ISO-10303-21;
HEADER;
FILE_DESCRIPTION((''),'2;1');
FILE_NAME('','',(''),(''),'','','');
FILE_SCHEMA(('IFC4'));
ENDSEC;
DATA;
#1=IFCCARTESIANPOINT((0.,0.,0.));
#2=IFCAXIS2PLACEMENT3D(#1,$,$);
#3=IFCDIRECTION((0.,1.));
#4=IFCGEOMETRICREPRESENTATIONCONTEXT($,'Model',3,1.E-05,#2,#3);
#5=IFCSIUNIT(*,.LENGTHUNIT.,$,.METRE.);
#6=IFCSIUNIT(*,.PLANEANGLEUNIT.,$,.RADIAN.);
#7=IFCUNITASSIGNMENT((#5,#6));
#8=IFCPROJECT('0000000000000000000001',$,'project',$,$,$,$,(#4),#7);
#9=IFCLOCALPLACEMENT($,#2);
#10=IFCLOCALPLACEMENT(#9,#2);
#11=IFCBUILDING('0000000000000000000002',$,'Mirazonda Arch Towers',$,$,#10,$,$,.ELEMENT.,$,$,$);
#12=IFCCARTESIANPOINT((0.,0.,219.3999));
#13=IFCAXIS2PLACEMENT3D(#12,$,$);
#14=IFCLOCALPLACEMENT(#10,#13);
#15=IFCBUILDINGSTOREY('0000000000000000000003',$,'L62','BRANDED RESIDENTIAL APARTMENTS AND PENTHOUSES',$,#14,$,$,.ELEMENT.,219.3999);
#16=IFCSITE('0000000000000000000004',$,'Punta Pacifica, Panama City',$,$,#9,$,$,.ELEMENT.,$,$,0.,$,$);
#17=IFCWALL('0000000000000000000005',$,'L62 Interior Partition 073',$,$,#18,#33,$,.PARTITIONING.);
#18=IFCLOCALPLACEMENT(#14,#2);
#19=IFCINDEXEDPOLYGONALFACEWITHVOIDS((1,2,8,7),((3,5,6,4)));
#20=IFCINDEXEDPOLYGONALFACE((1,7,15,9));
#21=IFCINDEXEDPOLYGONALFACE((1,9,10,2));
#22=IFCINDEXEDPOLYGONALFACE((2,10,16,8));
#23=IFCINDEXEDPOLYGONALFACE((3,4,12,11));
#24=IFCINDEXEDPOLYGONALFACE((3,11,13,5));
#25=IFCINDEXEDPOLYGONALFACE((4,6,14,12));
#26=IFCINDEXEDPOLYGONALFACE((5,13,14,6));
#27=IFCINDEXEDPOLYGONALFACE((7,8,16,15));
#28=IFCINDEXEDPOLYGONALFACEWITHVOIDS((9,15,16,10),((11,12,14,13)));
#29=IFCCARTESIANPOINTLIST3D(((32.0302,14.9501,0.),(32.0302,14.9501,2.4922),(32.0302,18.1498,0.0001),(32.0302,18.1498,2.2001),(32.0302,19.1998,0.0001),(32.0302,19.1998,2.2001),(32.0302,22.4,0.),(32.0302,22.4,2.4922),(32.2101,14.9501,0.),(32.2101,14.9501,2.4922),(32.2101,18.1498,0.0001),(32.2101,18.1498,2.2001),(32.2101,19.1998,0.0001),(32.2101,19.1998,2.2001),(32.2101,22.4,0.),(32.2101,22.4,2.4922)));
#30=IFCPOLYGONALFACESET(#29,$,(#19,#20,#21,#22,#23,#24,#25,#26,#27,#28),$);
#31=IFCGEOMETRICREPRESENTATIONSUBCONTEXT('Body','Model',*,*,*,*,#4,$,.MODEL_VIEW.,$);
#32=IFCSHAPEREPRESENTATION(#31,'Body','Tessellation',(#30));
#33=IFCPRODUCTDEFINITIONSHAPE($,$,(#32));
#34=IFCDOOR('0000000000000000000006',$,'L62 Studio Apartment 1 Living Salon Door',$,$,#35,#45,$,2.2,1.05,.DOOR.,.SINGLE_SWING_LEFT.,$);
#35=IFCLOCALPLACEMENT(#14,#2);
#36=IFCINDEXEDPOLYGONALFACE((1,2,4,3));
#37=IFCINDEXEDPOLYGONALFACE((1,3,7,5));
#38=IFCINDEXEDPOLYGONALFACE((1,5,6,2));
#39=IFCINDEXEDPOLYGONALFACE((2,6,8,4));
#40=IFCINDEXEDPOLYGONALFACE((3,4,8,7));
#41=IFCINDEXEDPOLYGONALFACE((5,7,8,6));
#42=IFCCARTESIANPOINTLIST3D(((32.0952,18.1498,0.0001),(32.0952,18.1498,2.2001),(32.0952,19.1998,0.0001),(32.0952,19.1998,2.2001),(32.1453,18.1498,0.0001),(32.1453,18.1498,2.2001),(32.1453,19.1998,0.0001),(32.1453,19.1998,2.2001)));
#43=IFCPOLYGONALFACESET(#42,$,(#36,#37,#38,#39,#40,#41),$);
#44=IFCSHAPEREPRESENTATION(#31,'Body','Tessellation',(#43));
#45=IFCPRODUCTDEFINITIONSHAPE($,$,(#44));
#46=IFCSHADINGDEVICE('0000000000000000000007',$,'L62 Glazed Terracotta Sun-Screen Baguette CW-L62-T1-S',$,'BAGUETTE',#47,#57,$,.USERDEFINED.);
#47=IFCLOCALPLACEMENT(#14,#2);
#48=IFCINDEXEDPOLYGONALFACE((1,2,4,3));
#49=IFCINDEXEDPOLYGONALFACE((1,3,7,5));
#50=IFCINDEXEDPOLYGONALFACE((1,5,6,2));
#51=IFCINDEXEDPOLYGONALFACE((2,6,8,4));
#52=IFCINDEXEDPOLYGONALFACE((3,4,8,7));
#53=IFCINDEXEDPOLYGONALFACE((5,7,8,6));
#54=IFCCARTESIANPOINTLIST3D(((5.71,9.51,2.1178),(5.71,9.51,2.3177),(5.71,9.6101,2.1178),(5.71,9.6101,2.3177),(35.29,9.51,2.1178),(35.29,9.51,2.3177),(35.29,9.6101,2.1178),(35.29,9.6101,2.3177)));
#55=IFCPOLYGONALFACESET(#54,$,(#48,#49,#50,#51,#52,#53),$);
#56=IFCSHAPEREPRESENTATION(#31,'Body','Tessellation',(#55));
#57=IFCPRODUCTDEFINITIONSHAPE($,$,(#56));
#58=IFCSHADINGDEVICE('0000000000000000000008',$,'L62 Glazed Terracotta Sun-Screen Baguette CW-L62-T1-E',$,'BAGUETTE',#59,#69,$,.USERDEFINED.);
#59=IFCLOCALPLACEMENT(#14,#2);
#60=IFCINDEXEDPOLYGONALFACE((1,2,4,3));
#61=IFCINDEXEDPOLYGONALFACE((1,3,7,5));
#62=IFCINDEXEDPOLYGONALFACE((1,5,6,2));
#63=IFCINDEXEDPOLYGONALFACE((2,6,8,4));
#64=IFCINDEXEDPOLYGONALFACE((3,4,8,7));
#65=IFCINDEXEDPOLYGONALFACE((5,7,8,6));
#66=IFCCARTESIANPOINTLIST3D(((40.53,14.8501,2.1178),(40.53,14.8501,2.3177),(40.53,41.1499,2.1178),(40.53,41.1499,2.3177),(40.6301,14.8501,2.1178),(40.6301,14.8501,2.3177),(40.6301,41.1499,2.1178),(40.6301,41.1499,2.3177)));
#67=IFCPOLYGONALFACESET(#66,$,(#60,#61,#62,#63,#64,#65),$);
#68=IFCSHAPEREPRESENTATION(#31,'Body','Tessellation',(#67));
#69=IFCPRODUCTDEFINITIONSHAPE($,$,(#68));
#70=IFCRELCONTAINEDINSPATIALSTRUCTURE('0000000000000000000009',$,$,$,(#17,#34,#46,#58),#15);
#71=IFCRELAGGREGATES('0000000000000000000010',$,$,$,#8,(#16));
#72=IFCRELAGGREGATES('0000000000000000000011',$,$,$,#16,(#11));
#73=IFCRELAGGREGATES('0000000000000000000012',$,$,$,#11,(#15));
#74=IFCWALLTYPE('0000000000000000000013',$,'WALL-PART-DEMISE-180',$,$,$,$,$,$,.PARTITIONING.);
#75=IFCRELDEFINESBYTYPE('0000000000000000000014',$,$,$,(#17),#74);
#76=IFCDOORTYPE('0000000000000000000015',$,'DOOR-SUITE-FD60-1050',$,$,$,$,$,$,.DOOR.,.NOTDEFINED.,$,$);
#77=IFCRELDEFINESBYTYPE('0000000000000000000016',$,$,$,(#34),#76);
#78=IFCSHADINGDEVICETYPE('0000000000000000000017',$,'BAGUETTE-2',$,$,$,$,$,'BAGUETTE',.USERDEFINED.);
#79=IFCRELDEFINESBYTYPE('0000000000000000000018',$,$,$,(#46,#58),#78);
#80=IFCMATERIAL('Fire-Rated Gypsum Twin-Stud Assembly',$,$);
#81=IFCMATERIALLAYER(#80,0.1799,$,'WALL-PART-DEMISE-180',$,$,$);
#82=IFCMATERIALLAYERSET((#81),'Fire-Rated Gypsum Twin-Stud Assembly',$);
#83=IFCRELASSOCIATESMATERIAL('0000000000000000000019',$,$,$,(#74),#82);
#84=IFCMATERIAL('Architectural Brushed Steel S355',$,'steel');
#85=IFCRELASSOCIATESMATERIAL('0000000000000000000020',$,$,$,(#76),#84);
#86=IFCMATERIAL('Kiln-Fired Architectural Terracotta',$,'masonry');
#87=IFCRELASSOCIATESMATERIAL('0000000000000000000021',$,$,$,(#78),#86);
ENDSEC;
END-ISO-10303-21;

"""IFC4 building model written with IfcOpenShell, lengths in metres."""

from ifc_helpers import new_model, si_unit, direction, frame, frame_2d, origin, origin_2d, place, context, subcontext, project, spatial, rectangle, extrude, material, layer, layer_set, material_profile, profile_set, type_object, element, fill, save


model = new_model("IFC4")

# Units and contexts
model_context = context("Model", 3, precision=1e-05, world=origin(), true_north=direction((0.0, 1.0)))
body_context = subcontext(model_context, "Body", "Model", "MODEL_VIEW")
ifc_project = project(units=[si_unit("LENGTHUNIT", "METRE"), si_unit("PLANEANGLEUNIT", "RADIAN")], contexts=[model_context])

# Site, building, storey
site_placement = place(None, origin())
site = spatial("IfcSite", under=ifc_project, at=site_placement, Name="Punta Pacifica, Panama City", CompositionType="ELEMENT", RefElevation=0.0)
building_placement = place(site_placement, origin())
building = spatial("IfcBuilding", under=site, at=building_placement, Name="Mirazonda Arch Towers", CompositionType="ELEMENT")
storey_placement = place(building_placement, frame((0.0, 0.0, 219.3999)))
storey = spatial("IfcBuildingStorey", under=building, at=storey_placement, Name="L62", Description="BRANDED RESIDENTIAL APARTMENTS AND PENTHOUSES", CompositionType="ELEMENT", Elevation=219.3999)

# Shared definitions
ifc_material_1 = material(Name="Fire-Rated Gypsum Twin-Stud Assembly")
ifc_layer_1 = layer(ifc_material_1, 0.1799, Name="WALL-PART-DEMISE-180")
ifc_layer_set_1 = layer_set([ifc_layer_1], Name="Fire-Rated Gypsum Twin-Stud Assembly")
wall_type_1 = type_object("IfcWallType", Name="WALL-PART-DEMISE-180", PredefinedType="PARTITIONING", material=ifc_layer_set_1)

# Wall, opening, door
ifc_material_2 = material(Name="Architectural Brushed Steel S355", Category="steel")
wall_1_placement = place(storey_placement, frame((32.1201, 14.95, 0.0), z_axis=(0.0, 0.0, 1.0), x_axis=(0.0, 1.0, 0.0)))
wall_1 = element("IfcWall", 1, at=wall_1_placement, inside=storey, type_object=wall_type_1, Name="L62 Interior Partition 073", PredefinedType="PARTITIONING", context=body_context, shape_type="SweptSolid", body=[
    extrude(rectangle(XDim=7.45, YDim=0.1799, at=frame_2d((3.7251, 0.0))), origin(), (0.0, 0.0, 1.0), 2.4922),
])
opening_1_placement = place(wall_1_placement, frame((3.2, 0.0, 0.0)))
opening_1 = element("IfcOpeningElement", 2, at=opening_1_placement, cuts=wall_1, PredefinedType="OPENING", context=body_context, shape_type="SweptSolid", body=[
    extrude(rectangle(XDim=1.05, YDim=2.2, at=frame_2d((0.5249, 1.1001))), frame((0.0, 0.0999, 0.0), z_axis=(0.0, -1.0, 0.0), x_axis=(1.0, 0.0, 0.0)), (0.0, 0.0, 1.0), 0.2),
])
door_type_1 = type_object("IfcDoorType", Name="DOOR-SUITE-FD60-1050", OperationType="NOTDEFINED", PredefinedType="DOOR", material=ifc_material_2)
door_1_placement = place(opening_1_placement, origin())
door_1 = element("IfcDoor", 3, at=door_1_placement, inside=storey, type_object=door_type_1, Name="L62 Studio Apartment 1 Living Salon Door", OperationType="SINGLE_SWING_LEFT", OverallHeight=2.2, OverallWidth=1.05, PredefinedType="DOOR", context=body_context, shape_type="SweptSolid", body=[
    extrude(rectangle(XDim=1.05, YDim=2.2, at=frame_2d((0.5249, 1.1001))), frame((0.0, 0.0249, 0.0), z_axis=(0.0, -1.0, 0.0), x_axis=(1.0, 0.0, 0.0)), (0.0, 0.0, 1.0), 0.05),
])
fill(opening_1, door_1)

# Shading devices
ifc_material_3 = material(Name="Kiln-Fired Architectural Terracotta", Category="masonry")
ifc_material_profile_1 = material_profile(ifc_material_3, rectangle(XDim=0.1001, YDim=0.2, at=origin_2d()), Name="TERRA-BAG-100x200")
ifc_profile_set_1 = profile_set([ifc_material_profile_1], Name="Kiln-Fired Architectural Terracotta")
shading_device_type = type_object("IfcShadingDeviceType", Name="BAGUETTE-2", ElementType="BAGUETTE", PredefinedType="USERDEFINED", material=ifc_profile_set_1)
shading_device_1_placement = place(storey_placement, frame((35.29, 9.5601, 2.2178), z_axis=(-1.0, 0.0, 0.0), x_axis=(0.0, -1.0, 0.0)))
element("IfcShadingDevice", 4, at=shading_device_1_placement, inside=storey, type_object=shading_device_type, Name="L62 Glazed Terracotta Sun-Screen Baguette CW-L62-T1-S", ObjectType="BAGUETTE", PredefinedType="USERDEFINED", context=body_context, shape_type="SweptSolid", body=[
    extrude(rectangle(XDim=0.1001, YDim=0.2, at=origin_2d()), origin(), (0.0, 0.0, 1.0), 29.5801),
])
shading_device_2_placement = place(storey_placement, frame((40.5801, 14.8501, 2.2178), z_axis=(0.0, 1.0, 0.0), x_axis=(-1.0, 0.0, 0.0)))
element("IfcShadingDevice", 5, at=shading_device_2_placement, inside=storey, type_object=shading_device_type, Name="L62 Glazed Terracotta Sun-Screen Baguette CW-L62-T1-E", ObjectType="BAGUETTE", PredefinedType="USERDEFINED", context=body_context, shape_type="SweptSolid", body=[
    extrude(rectangle(XDim=0.1001, YDim=0.2, at=origin_2d()), origin(), (0.0, 0.0, 1.0), 26.2998),
])

save(model, "model.ifc")
